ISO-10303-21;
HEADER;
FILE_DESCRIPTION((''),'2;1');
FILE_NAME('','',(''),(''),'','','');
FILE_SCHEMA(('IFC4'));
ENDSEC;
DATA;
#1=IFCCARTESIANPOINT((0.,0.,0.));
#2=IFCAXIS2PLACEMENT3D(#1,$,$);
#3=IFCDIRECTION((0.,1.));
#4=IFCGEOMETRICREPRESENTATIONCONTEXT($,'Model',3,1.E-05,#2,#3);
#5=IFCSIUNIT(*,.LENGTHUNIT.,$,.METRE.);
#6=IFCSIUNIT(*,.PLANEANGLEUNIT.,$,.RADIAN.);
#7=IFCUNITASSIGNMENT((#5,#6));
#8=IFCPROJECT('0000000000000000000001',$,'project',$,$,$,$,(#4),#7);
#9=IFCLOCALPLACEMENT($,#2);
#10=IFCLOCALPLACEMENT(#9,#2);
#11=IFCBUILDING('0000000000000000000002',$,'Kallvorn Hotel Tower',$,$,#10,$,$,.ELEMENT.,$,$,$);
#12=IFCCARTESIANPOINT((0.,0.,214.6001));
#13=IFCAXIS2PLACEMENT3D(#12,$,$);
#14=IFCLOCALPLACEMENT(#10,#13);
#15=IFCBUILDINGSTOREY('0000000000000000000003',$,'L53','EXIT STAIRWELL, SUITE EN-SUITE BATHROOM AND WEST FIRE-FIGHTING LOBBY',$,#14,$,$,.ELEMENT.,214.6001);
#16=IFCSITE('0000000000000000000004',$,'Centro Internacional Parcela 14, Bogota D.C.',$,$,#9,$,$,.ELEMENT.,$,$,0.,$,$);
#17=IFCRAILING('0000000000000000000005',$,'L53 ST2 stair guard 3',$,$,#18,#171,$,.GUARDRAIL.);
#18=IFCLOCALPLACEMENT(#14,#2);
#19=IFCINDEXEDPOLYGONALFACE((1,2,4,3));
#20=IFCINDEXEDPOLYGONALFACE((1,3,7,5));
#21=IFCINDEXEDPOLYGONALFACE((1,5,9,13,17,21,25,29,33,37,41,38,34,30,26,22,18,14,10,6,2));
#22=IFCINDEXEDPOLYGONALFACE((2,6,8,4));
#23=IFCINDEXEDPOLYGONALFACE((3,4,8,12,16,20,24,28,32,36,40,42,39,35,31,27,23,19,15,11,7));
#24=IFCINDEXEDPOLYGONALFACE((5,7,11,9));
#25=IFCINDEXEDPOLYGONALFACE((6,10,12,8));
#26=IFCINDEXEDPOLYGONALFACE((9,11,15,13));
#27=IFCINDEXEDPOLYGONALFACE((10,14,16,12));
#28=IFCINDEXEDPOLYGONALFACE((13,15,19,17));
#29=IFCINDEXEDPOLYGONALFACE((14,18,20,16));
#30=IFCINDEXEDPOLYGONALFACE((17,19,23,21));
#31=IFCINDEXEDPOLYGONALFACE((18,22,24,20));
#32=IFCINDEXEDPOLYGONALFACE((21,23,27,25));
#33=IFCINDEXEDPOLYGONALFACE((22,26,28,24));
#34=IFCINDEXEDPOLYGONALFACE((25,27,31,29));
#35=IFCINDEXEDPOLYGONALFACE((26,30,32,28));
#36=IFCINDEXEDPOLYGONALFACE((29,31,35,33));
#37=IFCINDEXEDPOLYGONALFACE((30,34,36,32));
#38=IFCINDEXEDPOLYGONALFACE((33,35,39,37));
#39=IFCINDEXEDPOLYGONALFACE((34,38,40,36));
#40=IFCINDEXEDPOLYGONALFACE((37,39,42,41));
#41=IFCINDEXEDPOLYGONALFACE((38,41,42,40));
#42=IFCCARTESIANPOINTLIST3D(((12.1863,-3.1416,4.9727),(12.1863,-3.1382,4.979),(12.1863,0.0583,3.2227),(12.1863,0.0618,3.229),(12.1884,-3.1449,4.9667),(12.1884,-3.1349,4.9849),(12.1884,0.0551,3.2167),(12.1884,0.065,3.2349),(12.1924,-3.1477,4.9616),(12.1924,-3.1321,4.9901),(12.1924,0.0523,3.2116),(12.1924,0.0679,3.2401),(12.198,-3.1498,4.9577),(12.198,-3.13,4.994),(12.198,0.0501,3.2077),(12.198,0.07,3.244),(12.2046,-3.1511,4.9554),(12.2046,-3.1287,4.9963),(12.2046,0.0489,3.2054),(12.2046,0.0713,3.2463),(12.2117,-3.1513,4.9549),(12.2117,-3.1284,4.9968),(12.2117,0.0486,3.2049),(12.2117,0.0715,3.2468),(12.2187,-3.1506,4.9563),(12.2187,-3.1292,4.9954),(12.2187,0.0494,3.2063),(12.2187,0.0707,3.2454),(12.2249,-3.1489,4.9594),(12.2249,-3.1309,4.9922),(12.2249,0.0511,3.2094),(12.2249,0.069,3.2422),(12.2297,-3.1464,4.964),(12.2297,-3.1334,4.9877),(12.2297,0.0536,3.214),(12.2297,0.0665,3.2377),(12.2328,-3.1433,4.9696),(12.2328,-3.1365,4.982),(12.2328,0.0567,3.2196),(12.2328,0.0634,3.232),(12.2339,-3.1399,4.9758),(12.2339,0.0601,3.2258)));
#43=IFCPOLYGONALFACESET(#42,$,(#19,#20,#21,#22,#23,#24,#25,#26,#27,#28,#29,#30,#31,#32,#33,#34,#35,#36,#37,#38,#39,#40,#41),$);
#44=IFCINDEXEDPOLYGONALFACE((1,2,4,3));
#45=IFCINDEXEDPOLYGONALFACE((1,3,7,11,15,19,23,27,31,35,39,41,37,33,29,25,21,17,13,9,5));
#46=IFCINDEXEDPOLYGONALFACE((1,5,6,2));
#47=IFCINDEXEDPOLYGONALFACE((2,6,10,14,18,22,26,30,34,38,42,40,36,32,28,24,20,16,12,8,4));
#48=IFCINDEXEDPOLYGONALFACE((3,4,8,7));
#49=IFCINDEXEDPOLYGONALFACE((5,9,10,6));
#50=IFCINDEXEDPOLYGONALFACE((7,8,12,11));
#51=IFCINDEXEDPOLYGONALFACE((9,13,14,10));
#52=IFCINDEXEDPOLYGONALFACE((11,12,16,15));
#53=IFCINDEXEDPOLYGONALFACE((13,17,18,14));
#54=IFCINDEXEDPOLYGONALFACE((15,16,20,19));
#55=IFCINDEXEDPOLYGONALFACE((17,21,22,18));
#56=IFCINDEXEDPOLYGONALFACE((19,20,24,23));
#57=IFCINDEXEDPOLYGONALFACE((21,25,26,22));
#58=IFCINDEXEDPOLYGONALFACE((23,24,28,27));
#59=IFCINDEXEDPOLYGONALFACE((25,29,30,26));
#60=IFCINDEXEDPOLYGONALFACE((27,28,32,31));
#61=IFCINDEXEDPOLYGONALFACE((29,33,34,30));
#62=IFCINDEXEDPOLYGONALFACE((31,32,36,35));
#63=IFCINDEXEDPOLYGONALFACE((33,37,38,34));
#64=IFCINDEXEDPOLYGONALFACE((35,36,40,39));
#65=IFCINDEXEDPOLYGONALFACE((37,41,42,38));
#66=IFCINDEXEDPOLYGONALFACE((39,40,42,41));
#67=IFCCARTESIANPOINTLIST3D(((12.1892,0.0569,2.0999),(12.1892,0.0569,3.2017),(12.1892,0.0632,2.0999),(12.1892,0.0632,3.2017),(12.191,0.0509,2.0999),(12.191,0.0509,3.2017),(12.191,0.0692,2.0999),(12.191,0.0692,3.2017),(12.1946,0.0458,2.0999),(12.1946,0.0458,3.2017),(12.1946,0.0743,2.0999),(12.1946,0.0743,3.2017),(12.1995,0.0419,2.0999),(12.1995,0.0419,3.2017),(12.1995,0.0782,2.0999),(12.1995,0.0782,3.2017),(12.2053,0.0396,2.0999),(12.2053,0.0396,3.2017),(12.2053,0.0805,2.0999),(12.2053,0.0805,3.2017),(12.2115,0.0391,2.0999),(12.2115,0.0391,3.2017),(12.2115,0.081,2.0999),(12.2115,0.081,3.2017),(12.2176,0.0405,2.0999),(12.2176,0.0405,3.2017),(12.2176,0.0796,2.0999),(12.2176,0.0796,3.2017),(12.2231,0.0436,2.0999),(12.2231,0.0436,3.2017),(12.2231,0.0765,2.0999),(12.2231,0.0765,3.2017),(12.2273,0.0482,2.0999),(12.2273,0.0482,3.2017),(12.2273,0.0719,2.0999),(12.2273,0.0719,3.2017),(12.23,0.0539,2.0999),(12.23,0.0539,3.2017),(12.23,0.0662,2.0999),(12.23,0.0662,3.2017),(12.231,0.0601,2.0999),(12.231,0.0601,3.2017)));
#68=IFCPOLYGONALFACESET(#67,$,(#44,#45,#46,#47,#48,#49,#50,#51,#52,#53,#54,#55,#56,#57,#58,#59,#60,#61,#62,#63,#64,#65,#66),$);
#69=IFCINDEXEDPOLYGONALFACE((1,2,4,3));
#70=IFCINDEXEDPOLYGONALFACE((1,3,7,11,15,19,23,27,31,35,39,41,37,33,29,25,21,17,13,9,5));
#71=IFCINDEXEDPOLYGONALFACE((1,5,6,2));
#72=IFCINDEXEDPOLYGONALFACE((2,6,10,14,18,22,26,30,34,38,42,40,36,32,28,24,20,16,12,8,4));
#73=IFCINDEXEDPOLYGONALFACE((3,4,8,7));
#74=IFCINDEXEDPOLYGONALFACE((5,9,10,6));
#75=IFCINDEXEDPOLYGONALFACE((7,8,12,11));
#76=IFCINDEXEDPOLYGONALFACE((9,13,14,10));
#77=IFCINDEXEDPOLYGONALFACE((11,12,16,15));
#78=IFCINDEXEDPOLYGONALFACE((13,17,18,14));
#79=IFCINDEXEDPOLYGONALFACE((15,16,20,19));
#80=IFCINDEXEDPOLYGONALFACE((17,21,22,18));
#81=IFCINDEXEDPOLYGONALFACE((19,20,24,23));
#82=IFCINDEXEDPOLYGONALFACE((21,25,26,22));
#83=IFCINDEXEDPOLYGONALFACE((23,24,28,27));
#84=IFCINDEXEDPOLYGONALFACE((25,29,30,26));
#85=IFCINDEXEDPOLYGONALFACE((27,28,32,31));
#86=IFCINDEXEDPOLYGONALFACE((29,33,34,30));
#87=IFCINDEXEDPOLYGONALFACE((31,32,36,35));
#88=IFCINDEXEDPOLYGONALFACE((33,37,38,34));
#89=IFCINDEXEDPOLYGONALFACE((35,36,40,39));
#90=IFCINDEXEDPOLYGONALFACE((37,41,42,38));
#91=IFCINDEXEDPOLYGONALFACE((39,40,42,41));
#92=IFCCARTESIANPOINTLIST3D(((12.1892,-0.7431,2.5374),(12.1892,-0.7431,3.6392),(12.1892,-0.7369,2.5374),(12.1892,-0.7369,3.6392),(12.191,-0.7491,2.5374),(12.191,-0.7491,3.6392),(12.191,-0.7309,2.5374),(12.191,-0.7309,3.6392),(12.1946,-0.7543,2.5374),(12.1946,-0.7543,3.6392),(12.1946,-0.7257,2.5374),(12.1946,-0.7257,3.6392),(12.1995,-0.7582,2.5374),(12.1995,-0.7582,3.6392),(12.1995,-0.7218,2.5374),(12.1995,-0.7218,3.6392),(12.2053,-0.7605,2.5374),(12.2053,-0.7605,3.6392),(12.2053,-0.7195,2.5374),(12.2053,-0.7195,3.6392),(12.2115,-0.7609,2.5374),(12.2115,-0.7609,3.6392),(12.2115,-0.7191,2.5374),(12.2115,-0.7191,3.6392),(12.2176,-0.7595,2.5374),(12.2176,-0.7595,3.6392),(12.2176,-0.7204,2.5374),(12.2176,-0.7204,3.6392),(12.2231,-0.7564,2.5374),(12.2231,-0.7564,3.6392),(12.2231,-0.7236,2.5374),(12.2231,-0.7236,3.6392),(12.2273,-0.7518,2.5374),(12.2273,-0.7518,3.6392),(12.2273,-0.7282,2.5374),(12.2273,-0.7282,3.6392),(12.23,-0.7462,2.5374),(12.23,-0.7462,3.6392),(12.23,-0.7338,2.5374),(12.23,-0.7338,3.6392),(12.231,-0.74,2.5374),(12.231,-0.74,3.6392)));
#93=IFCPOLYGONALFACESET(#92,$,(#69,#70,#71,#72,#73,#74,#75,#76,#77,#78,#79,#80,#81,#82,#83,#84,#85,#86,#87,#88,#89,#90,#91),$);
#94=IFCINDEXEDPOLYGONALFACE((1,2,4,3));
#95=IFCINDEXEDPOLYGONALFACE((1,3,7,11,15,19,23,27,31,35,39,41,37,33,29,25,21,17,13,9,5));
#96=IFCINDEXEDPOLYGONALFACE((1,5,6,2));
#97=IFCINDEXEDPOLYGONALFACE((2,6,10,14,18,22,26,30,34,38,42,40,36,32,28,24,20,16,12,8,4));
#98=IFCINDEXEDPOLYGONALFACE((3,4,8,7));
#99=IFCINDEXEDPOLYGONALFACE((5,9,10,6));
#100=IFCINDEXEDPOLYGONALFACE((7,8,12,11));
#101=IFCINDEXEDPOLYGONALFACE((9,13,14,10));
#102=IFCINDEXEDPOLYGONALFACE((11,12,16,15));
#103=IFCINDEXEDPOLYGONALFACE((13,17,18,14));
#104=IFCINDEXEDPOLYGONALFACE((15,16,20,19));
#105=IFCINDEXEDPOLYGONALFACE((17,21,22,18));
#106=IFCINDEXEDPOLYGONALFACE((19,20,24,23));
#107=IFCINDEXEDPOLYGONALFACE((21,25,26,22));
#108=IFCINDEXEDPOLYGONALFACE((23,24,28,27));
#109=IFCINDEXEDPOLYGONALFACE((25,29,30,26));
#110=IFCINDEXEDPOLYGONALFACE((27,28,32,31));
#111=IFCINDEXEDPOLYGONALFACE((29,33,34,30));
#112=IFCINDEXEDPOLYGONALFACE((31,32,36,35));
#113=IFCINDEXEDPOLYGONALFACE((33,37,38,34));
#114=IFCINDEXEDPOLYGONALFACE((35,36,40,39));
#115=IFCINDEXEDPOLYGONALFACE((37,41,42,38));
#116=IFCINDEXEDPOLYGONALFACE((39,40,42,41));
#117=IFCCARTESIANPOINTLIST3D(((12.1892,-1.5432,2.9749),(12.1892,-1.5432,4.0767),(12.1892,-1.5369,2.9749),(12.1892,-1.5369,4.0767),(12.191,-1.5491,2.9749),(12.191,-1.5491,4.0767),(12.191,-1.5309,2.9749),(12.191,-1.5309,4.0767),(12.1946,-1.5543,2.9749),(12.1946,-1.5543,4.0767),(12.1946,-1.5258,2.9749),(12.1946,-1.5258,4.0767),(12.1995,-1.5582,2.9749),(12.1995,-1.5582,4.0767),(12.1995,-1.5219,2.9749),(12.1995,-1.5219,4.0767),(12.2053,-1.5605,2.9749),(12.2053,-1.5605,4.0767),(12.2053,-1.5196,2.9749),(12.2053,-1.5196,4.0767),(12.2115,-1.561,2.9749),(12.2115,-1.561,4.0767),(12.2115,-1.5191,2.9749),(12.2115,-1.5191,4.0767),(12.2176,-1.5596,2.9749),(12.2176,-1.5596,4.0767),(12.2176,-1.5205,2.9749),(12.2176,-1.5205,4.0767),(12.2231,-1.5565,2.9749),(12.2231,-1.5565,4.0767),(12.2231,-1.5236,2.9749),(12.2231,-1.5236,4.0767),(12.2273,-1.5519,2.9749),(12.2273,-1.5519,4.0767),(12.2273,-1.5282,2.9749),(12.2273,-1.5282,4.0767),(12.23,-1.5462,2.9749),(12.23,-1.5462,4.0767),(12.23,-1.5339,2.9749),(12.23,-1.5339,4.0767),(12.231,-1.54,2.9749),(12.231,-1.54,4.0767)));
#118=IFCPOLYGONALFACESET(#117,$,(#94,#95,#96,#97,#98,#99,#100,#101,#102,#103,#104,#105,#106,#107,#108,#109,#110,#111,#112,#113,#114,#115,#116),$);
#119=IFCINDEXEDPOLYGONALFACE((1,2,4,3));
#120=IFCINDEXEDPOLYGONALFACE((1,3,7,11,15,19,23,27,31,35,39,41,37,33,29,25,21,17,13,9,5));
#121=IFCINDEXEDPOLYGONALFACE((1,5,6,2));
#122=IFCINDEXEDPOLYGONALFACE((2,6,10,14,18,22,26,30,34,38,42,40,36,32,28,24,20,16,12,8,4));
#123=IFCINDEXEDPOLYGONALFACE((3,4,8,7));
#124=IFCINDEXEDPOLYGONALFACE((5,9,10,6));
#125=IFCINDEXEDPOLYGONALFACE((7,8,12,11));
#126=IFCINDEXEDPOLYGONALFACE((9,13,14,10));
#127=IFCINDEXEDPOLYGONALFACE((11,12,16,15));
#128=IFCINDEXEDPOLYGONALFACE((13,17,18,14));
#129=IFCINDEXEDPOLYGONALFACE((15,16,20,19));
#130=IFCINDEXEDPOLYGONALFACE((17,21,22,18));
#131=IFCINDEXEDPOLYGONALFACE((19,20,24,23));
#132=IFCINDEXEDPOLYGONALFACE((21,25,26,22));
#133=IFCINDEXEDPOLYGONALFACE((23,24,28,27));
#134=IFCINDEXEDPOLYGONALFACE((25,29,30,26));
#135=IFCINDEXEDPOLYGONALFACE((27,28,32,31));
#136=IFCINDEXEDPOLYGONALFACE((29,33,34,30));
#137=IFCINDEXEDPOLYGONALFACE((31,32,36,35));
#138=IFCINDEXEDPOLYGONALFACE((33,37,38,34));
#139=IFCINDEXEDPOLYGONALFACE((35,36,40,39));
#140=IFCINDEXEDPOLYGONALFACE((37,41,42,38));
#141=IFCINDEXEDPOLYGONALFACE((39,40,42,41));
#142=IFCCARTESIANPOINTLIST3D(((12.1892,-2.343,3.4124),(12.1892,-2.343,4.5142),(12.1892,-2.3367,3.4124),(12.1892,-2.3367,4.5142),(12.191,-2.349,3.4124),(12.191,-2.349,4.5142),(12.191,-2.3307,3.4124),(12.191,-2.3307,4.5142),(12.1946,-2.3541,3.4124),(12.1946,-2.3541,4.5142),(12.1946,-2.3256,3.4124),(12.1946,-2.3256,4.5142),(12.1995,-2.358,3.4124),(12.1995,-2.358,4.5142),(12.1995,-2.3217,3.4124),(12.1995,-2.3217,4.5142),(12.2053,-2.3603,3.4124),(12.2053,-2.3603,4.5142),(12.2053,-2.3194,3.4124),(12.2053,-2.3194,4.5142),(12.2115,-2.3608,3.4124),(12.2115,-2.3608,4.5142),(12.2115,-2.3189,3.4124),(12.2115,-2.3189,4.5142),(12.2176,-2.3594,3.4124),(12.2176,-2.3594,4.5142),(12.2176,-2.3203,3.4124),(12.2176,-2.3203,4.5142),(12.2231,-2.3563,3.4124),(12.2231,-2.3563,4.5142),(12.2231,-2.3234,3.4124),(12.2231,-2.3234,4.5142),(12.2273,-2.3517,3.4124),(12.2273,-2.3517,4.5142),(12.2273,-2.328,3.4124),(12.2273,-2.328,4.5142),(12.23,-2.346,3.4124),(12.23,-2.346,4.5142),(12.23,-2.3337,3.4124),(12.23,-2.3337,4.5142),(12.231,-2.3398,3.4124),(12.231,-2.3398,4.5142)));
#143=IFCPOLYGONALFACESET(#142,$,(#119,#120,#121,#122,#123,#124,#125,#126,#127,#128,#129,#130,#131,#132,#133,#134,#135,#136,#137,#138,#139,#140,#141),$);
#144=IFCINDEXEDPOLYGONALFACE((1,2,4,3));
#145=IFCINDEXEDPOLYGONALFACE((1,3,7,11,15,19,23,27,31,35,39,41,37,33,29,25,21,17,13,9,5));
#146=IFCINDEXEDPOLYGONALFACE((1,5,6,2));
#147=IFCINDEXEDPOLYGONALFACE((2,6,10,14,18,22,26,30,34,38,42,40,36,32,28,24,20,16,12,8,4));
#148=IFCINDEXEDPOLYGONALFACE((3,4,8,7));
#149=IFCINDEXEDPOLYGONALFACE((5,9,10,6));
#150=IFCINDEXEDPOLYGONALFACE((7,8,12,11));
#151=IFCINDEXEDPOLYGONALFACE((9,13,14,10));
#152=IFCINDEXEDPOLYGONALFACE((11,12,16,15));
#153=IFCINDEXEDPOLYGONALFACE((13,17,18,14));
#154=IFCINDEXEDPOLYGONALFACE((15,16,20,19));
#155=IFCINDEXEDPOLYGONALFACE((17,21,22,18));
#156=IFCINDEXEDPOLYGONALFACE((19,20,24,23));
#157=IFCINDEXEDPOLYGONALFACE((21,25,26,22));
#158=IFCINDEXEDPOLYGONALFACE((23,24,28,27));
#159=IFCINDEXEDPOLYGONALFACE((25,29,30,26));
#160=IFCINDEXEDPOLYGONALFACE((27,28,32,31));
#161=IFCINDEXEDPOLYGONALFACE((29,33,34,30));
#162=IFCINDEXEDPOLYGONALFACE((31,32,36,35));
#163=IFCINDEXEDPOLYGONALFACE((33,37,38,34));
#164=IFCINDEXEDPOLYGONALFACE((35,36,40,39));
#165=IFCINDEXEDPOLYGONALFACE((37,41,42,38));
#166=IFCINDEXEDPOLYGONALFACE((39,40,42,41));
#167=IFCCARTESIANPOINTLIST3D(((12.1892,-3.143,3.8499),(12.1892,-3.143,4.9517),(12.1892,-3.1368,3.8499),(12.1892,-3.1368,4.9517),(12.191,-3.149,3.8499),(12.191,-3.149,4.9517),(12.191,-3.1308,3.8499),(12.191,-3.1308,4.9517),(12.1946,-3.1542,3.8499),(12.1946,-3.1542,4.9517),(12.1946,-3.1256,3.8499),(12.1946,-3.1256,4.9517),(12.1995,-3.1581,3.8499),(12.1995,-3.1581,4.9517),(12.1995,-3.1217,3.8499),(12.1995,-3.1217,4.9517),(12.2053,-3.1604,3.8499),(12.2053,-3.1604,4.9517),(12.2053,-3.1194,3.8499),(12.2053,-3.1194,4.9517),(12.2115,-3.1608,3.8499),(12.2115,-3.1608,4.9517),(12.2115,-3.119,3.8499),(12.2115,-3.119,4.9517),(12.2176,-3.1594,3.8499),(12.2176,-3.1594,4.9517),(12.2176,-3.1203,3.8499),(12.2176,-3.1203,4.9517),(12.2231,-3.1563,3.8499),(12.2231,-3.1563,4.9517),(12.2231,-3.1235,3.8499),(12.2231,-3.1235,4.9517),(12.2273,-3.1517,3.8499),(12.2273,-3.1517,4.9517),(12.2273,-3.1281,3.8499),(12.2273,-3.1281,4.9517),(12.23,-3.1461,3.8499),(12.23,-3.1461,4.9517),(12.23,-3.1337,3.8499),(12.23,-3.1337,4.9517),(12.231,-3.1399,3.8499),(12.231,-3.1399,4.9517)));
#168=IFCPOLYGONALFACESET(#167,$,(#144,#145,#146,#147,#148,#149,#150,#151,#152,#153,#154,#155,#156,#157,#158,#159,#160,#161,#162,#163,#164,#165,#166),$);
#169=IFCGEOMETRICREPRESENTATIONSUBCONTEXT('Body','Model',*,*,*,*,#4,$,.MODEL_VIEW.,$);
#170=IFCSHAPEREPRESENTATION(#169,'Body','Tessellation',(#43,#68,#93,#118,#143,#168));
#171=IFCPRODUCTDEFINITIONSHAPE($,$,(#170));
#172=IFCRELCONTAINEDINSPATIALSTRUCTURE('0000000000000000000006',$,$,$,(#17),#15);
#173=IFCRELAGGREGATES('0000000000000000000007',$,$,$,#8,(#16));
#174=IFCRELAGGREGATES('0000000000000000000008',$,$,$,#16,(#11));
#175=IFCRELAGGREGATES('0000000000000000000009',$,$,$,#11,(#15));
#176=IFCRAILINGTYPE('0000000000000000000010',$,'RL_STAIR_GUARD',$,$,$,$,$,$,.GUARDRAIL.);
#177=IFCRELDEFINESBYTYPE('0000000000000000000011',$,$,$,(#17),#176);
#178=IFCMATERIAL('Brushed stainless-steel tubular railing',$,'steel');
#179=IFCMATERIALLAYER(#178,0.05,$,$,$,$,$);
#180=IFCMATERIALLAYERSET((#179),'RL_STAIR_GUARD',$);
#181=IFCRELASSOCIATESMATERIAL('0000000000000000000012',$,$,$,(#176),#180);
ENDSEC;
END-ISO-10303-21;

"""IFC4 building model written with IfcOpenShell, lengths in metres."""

from ifc_helpers import new_model, si_unit, direction, frame, origin, origin_2d, place, context, subcontext, project, spatial, circle, extrude, material, layer, layer_set, type_object, element, save


model = new_model("IFC4")

# Units and contexts
model_context = context("Model", 3, precision=1e-05, world=origin(), true_north=direction((0.0, 1.0)))
body_context = subcontext(model_context, "Body", "Model", "MODEL_VIEW")
ifc_project = project(units=[si_unit("LENGTHUNIT", "METRE"), si_unit("PLANEANGLEUNIT", "RADIAN")], contexts=[model_context])

# Site, building, storey
site_placement = place(None, origin())
site = spatial("IfcSite", under=ifc_project, at=site_placement, Name="Centro Internacional Parcela 14, Bogota D.C.", CompositionType="ELEMENT", RefElevation=0.0)
building_placement = place(site_placement, origin())
building = spatial("IfcBuilding", under=site, at=building_placement, Name="Kallvorn Hotel Tower", CompositionType="ELEMENT")
storey_placement = place(building_placement, frame((0.0, 0.0, 214.6001)))
storey = spatial("IfcBuildingStorey", under=building, at=storey_placement, Name="L53", Description="EXIT STAIRWELL, SUITE EN-SUITE BATHROOM AND WEST FIRE-FIGHTING LOBBY", CompositionType="ELEMENT", Elevation=214.6001)

# Railing
ifc_material_1 = material(Name="Brushed stainless-steel tubular railing", Category="steel")
ifc_layer_1 = layer(ifc_material_1, 0.05)
ifc_layer_set_1 = layer_set([ifc_layer_1], Name="RL_STAIR_GUARD")
railing_type_1 = type_object("IfcRailingType", Name="RL_STAIR_GUARD", PredefinedType="GUARDRAIL", material=ifc_layer_set_1)
railing_1_placement = place(storey_placement, frame((12.21, 0.0601, 2.0999)))
element("IfcRailing", 1, at=railing_1_placement, inside=storey, type_object=railing_type_1, Name="L53 ST2 stair guard 3", PredefinedType="GUARDRAIL", context=body_context, shape_type="SweptSolid", body=[
    extrude(circle(Radius=0.0239, at=origin_2d()), frame((0.0, 0.0, 1.126), z_axis=(0.0, -0.877368, 0.479818), x_axis=(1.0, 0.0, 0.0)), (0.0, 0.0, 1.0), 3.6472),
    extrude(circle(Radius=0.021, at=origin_2d()), origin(), (0.0, 0.0, 1.0), 1.1018),
    extrude(circle(Radius=0.021, at=origin_2d()), frame((0.0, -0.8, 0.4375)), (0.0, 0.0, 1.0), 1.1018),
    extrude(circle(Radius=0.021, at=origin_2d()), frame((0.0, -1.6001, 0.875)), (0.0, 0.0, 1.0), 1.1018),
    extrude(circle(Radius=0.021, at=origin_2d()), frame((0.0, -2.3999, 1.3125)), (0.0, 0.0, 1.0), 1.1018),
    extrude(circle(Radius=0.021, at=origin_2d()), frame((0.0, -3.2, 1.75)), (0.0, 0.0, 1.0), 1.1018),
])

save(model, "model.ifc")
